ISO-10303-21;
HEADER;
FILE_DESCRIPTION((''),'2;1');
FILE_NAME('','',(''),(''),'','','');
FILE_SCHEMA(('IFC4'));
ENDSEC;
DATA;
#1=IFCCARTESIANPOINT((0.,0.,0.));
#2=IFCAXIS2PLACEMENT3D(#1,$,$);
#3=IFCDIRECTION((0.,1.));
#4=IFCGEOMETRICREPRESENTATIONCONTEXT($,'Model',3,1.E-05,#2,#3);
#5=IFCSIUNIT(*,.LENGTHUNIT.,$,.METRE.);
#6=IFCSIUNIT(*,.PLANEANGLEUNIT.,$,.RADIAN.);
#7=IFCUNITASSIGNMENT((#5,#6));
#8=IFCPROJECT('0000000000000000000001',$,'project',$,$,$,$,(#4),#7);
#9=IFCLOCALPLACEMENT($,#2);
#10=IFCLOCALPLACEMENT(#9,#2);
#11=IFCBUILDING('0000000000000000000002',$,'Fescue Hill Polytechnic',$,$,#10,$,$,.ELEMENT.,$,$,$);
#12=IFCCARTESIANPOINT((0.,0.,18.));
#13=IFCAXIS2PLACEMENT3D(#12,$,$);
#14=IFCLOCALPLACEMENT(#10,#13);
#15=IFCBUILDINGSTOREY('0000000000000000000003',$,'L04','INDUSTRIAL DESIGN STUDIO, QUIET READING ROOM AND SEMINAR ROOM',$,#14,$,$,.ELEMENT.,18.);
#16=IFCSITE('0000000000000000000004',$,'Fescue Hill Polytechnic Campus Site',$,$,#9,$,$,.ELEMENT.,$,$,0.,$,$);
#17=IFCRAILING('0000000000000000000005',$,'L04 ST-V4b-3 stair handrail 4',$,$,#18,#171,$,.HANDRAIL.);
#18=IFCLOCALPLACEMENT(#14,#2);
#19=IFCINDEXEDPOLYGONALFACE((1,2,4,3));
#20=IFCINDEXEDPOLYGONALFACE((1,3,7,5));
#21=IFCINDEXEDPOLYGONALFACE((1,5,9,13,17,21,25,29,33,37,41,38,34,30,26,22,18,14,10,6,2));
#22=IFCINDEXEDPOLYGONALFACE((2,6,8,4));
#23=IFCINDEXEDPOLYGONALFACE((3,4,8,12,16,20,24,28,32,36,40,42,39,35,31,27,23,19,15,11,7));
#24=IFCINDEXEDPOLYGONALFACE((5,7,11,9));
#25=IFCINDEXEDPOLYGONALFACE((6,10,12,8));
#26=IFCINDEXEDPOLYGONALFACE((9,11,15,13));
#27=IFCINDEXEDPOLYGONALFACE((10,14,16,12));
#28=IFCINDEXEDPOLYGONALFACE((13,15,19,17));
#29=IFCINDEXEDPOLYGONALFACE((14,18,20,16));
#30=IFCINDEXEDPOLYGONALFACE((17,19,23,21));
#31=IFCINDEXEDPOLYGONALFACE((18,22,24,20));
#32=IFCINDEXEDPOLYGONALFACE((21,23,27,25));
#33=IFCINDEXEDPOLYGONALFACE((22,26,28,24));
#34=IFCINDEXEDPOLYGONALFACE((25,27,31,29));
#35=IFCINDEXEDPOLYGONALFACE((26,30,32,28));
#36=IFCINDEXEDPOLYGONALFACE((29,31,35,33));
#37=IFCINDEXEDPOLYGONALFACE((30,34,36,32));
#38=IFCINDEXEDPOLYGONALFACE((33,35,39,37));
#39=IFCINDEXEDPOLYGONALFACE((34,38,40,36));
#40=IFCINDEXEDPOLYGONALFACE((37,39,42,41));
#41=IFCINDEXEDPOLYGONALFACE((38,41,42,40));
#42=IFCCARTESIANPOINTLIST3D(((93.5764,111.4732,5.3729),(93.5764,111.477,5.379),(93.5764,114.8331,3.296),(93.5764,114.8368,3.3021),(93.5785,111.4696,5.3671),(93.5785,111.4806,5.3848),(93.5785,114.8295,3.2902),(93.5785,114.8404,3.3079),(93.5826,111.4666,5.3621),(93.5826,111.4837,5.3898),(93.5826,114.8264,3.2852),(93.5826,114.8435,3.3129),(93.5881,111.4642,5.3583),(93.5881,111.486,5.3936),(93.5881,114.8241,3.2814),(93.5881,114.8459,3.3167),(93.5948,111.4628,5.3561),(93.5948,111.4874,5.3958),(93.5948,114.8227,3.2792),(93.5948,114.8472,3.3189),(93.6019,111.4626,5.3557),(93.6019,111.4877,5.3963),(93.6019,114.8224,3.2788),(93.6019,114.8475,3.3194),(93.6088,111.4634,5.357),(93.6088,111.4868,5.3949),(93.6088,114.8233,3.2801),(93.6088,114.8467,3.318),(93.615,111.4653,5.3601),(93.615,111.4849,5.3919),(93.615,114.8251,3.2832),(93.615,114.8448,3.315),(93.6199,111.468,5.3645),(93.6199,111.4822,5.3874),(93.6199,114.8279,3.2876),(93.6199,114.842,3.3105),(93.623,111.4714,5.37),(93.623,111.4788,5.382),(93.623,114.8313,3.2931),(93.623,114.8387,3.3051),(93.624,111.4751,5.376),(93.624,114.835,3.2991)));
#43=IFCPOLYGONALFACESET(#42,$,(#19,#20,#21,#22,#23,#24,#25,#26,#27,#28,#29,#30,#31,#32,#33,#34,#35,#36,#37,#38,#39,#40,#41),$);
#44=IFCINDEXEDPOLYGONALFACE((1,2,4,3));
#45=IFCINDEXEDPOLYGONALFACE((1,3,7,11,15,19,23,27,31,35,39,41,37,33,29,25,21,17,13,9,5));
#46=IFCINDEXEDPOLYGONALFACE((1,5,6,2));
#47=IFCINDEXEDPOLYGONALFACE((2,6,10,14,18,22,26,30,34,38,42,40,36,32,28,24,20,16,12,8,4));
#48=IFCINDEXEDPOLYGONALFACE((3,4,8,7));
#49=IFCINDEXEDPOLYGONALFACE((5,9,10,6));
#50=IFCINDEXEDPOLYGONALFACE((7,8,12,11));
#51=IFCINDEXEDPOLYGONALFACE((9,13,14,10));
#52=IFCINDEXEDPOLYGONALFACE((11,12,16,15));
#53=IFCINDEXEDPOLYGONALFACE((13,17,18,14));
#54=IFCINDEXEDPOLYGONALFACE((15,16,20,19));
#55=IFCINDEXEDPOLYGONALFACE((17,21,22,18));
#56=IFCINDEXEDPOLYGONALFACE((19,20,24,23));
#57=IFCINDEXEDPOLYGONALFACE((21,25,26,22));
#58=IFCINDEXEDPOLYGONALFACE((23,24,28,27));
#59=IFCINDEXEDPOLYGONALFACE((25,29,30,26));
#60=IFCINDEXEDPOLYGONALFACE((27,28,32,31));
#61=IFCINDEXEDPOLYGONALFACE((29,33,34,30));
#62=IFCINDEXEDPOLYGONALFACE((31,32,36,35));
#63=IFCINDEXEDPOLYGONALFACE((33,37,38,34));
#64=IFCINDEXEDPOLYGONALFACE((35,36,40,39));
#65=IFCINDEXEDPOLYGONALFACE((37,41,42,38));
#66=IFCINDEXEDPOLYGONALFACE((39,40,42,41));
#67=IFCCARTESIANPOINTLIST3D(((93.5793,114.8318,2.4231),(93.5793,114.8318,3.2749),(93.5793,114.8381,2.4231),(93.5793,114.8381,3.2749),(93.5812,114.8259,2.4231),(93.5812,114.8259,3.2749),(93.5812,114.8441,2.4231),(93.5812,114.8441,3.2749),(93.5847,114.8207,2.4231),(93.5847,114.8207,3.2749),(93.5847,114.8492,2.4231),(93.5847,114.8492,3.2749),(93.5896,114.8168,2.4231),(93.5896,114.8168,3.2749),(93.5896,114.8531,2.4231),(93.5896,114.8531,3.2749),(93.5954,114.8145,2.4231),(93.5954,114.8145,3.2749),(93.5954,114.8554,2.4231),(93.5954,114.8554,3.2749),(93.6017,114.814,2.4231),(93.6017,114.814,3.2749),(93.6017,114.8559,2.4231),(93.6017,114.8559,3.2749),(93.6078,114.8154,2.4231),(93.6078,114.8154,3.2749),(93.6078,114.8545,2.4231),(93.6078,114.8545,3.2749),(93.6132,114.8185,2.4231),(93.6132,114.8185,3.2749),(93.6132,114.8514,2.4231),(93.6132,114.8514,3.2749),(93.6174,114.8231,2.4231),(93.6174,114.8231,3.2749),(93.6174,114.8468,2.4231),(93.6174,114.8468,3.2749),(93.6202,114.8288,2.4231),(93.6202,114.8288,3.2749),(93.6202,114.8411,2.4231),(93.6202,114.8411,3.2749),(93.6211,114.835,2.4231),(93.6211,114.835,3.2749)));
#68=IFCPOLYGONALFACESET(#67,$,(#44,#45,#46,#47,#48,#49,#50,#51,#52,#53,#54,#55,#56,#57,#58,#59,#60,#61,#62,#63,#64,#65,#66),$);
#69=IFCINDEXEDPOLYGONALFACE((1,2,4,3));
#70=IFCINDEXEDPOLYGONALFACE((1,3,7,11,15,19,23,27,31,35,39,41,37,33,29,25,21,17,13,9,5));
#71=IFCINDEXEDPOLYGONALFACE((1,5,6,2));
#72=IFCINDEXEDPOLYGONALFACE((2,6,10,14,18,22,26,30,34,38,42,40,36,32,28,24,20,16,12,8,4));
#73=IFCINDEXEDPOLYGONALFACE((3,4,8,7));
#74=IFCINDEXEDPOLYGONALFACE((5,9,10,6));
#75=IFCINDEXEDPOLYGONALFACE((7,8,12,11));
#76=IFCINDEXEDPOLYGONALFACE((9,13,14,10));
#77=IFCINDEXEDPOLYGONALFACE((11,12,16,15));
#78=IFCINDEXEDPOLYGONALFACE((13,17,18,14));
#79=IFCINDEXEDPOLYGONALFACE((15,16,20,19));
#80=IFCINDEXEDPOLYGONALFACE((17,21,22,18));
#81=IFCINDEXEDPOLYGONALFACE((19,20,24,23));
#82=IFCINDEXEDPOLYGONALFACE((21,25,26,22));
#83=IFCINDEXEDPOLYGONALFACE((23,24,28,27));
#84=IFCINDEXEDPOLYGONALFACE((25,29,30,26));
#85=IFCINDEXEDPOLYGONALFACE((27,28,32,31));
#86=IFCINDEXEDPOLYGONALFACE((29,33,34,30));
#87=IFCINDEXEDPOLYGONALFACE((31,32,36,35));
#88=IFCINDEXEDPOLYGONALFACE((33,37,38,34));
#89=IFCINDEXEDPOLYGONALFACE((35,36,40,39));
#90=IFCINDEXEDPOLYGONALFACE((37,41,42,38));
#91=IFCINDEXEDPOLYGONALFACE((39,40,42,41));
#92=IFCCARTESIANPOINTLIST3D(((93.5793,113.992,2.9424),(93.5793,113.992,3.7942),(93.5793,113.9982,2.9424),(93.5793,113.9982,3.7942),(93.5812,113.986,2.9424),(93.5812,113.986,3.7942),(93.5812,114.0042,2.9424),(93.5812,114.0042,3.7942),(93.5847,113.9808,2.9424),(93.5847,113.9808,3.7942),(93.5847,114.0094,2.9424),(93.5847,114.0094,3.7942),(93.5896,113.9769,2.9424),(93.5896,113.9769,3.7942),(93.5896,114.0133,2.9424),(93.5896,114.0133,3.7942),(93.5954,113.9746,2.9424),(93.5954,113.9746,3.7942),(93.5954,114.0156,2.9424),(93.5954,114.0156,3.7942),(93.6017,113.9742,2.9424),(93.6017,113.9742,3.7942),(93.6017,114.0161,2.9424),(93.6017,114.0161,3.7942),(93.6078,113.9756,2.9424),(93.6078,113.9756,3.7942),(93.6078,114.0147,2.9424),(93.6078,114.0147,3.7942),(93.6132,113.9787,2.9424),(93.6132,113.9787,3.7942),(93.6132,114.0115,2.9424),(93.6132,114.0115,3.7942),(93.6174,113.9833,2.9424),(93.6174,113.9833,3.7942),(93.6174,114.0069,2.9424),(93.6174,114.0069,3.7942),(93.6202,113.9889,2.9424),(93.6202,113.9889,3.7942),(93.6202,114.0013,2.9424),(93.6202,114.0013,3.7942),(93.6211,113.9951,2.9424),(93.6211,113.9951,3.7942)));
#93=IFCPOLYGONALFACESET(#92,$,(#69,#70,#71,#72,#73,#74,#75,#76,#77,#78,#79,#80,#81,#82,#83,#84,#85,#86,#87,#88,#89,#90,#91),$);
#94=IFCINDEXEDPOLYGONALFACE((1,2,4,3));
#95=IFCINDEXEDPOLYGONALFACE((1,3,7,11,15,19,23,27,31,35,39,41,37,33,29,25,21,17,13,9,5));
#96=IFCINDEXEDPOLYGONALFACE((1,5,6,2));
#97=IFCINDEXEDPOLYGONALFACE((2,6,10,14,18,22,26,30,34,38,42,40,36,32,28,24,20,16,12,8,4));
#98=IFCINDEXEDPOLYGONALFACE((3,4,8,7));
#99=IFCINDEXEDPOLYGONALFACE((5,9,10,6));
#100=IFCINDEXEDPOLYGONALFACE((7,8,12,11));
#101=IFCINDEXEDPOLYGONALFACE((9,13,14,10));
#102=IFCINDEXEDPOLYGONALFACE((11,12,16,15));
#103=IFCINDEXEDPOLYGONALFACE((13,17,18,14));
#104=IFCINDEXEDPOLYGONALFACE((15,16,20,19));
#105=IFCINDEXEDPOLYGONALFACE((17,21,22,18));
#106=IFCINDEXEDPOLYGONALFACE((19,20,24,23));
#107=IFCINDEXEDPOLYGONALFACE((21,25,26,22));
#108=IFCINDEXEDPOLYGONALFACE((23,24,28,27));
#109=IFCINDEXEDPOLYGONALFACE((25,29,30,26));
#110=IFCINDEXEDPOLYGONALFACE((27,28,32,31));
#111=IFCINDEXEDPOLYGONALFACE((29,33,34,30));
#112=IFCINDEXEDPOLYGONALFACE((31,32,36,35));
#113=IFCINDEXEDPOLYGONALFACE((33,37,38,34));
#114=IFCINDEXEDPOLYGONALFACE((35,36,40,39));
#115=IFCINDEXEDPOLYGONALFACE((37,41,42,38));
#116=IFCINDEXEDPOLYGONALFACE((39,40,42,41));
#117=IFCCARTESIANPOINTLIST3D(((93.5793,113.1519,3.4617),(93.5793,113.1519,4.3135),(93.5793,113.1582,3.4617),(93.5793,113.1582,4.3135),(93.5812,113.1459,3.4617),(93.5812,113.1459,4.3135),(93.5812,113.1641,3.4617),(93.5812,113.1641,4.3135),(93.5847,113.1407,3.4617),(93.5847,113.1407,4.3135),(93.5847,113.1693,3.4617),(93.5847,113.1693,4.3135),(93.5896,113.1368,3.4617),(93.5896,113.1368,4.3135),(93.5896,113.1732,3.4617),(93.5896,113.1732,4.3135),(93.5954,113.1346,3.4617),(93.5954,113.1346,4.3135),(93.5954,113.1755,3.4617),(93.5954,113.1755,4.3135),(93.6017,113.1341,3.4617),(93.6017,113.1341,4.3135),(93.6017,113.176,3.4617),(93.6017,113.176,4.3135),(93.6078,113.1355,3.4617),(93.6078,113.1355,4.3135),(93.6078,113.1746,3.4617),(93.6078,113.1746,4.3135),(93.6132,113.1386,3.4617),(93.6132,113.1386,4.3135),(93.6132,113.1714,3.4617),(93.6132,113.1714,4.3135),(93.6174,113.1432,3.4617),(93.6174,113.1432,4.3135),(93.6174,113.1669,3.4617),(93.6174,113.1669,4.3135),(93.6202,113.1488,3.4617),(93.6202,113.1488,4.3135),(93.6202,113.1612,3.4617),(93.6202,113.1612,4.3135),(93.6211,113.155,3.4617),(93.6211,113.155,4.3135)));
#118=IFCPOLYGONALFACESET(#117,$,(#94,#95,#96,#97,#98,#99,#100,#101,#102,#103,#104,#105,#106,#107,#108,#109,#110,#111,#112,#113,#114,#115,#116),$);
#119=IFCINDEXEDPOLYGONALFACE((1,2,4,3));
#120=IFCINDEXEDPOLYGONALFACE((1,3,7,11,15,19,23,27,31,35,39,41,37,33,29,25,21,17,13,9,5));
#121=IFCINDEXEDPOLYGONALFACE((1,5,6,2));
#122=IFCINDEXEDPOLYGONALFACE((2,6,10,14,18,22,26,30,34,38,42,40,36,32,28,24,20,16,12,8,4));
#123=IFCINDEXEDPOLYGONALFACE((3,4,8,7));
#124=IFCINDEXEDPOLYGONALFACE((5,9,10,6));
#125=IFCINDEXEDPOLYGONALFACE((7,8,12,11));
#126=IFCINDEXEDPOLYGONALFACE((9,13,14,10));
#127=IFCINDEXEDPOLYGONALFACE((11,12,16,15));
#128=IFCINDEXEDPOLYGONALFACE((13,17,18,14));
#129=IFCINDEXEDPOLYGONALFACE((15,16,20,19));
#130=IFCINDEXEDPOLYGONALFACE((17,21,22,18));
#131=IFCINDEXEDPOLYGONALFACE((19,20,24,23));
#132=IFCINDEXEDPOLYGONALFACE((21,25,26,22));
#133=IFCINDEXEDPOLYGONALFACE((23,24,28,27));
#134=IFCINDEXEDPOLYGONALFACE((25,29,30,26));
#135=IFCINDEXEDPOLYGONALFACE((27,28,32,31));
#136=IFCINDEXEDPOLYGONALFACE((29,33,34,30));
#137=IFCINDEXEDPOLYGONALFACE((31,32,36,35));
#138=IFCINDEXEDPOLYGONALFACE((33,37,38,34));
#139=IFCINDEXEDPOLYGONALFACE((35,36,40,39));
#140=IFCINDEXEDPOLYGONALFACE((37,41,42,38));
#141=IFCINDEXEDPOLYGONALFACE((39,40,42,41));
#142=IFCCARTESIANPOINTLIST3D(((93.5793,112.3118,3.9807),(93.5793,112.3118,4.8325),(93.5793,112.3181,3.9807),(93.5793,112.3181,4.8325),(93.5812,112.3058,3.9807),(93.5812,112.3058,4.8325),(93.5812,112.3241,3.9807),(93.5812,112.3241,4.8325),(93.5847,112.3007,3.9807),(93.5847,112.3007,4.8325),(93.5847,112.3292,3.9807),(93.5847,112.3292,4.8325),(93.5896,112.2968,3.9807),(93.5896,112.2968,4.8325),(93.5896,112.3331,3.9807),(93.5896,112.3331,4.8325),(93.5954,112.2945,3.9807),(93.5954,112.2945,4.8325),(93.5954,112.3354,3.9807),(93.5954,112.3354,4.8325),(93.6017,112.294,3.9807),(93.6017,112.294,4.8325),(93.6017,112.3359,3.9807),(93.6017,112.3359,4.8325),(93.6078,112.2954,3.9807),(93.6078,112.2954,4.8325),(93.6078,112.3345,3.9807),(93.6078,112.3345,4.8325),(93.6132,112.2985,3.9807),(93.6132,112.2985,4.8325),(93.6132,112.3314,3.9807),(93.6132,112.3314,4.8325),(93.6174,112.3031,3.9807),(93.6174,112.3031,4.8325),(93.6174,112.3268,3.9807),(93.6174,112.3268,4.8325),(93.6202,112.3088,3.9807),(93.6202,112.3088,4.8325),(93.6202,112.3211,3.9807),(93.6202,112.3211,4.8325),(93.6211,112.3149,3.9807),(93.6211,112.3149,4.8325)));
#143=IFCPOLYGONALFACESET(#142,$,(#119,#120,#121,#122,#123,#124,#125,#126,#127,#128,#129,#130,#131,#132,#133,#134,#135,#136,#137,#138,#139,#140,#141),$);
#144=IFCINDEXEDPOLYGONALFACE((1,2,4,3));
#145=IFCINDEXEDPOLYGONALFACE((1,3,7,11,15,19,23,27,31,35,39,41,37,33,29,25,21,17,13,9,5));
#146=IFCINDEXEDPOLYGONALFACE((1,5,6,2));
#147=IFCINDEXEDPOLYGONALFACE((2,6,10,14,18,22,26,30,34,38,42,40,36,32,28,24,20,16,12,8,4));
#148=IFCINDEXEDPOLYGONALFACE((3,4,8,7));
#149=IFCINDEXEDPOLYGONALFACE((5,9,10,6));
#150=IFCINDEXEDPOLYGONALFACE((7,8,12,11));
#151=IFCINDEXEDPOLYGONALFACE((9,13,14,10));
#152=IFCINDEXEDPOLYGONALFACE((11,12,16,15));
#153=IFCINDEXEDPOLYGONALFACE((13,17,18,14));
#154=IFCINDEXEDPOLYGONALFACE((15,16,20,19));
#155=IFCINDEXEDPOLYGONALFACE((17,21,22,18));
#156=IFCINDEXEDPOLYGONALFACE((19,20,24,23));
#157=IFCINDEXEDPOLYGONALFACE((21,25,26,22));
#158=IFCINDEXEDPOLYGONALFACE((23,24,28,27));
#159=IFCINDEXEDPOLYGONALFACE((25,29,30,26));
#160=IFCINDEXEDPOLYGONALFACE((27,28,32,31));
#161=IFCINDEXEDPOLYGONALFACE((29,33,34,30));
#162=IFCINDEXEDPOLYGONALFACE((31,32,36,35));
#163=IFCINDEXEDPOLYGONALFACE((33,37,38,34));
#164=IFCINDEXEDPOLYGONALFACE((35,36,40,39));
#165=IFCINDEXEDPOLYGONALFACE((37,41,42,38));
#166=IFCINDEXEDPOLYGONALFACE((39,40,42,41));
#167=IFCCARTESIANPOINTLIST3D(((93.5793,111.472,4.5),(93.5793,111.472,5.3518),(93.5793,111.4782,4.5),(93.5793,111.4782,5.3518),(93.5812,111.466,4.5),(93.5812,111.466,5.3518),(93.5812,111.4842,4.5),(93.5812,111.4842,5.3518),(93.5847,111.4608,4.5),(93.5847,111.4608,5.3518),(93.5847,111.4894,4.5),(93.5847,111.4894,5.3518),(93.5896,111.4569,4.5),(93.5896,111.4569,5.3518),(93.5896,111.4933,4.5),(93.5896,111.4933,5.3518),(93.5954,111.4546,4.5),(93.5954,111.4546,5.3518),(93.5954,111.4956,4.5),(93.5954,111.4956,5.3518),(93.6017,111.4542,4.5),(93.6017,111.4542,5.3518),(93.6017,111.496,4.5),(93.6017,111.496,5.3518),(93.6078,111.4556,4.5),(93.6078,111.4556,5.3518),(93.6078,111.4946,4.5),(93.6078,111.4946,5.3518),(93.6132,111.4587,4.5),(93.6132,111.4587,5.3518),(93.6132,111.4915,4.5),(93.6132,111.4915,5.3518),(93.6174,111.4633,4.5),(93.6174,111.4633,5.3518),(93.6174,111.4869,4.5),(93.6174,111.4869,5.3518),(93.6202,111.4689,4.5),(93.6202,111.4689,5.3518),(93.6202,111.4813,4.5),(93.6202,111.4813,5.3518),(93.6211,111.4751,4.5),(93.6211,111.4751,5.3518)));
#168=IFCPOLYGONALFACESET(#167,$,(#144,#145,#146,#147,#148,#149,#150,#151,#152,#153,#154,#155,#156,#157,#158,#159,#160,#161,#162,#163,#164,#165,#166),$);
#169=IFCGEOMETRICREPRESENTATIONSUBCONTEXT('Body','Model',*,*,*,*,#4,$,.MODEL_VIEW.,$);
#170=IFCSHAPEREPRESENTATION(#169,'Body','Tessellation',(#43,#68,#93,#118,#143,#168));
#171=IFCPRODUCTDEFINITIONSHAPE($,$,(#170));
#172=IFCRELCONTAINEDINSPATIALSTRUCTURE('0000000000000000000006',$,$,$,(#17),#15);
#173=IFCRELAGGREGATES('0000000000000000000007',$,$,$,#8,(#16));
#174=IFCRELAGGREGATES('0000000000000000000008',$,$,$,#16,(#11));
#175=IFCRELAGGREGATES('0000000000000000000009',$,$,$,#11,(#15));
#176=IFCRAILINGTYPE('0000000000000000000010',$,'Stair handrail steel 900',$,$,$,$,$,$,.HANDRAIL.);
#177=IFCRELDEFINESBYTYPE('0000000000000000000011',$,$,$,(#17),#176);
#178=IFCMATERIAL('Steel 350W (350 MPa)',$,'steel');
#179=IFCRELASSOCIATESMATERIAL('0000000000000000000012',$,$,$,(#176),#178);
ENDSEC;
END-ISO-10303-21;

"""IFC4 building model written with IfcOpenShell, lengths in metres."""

from ifc_helpers import new_model, si_unit, direction, frame, origin, origin_2d, place, context, subcontext, project, spatial, circle, extrude, material, type_object, element, save


model = new_model("IFC4")

# Units and contexts
model_context = context("Model", 3, precision=1e-05, world=origin(), true_north=direction((0.0, 1.0)))
body_context = subcontext(model_context, "Body", "Model", "MODEL_VIEW")
ifc_project = project(units=[si_unit("LENGTHUNIT", "METRE"), si_unit("PLANEANGLEUNIT", "RADIAN")], contexts=[model_context])

# Site, building, storey
site_placement = place(None, origin())
site = spatial("IfcSite", under=ifc_project, at=site_placement, Name="Fescue Hill Polytechnic Campus Site", CompositionType="ELEMENT", RefElevation=0.0)
building_placement = place(site_placement, origin())
building = spatial("IfcBuilding", under=site, at=building_placement, Name="Fescue Hill Polytechnic", CompositionType="ELEMENT")
storey_placement = place(building_placement, frame((0.0, 0.0, 18.0)))
storey = spatial("IfcBuildingStorey", under=building, at=storey_placement, Name="L04", Description="INDUSTRIAL DESIGN STUDIO, QUIET READING ROOM AND SEMINAR ROOM", CompositionType="ELEMENT", Elevation=18.0)

# Railing
ifc_material_1 = material(Name="Steel 350W (350 MPa)", Category="steel")
railing_type_1 = type_object("IfcRailingType", Name="Stair handrail steel 900", PredefinedType="HANDRAIL", material=ifc_material_1)
for number, where, name in (
    (1, (93.6001, 114.835, 2.4231), "L04 ST-V4b-3 stair handrail 4"),
):
    element("IfcRailing", number, at=place(storey_placement, frame(where)), inside=storey, type_object=railing_type_1, Name=name, PredefinedType="HANDRAIL", context=body_context, shape_type="SweptSolid", body=[
        extrude(circle(Radius=0.0239, at=origin_2d()), frame((0.0, 0.0, 0.876), z_axis=(0.0, -0.850606, 0.525803), x_axis=(1.0, 0.0, 0.0)), (0.0, 0.0, 1.0), 3.95),
        extrude(circle(Radius=0.021, at=origin_2d()), origin(), (0.0, 0.0, 1.0), 0.8518),
        extrude(circle(Radius=0.021, at=origin_2d()), frame((0.0, -0.8398, 0.5193)), (0.0, 0.0, 1.0), 0.8518),
        extrude(circle(Radius=0.021, at=origin_2d()), frame((0.0, -1.6799, 1.0386)), (0.0, 0.0, 1.0), 0.8518),
        extrude(circle(Radius=0.021, at=origin_2d()), frame((0.0, -2.52, 1.5576)), (0.0, 0.0, 1.0), 0.8518),
        extrude(circle(Radius=0.021, at=origin_2d()), frame((0.0, -3.3599, 2.0769)), (0.0, 0.0, 1.0), 0.8518),
    ])

save(model, "model.ifc")
